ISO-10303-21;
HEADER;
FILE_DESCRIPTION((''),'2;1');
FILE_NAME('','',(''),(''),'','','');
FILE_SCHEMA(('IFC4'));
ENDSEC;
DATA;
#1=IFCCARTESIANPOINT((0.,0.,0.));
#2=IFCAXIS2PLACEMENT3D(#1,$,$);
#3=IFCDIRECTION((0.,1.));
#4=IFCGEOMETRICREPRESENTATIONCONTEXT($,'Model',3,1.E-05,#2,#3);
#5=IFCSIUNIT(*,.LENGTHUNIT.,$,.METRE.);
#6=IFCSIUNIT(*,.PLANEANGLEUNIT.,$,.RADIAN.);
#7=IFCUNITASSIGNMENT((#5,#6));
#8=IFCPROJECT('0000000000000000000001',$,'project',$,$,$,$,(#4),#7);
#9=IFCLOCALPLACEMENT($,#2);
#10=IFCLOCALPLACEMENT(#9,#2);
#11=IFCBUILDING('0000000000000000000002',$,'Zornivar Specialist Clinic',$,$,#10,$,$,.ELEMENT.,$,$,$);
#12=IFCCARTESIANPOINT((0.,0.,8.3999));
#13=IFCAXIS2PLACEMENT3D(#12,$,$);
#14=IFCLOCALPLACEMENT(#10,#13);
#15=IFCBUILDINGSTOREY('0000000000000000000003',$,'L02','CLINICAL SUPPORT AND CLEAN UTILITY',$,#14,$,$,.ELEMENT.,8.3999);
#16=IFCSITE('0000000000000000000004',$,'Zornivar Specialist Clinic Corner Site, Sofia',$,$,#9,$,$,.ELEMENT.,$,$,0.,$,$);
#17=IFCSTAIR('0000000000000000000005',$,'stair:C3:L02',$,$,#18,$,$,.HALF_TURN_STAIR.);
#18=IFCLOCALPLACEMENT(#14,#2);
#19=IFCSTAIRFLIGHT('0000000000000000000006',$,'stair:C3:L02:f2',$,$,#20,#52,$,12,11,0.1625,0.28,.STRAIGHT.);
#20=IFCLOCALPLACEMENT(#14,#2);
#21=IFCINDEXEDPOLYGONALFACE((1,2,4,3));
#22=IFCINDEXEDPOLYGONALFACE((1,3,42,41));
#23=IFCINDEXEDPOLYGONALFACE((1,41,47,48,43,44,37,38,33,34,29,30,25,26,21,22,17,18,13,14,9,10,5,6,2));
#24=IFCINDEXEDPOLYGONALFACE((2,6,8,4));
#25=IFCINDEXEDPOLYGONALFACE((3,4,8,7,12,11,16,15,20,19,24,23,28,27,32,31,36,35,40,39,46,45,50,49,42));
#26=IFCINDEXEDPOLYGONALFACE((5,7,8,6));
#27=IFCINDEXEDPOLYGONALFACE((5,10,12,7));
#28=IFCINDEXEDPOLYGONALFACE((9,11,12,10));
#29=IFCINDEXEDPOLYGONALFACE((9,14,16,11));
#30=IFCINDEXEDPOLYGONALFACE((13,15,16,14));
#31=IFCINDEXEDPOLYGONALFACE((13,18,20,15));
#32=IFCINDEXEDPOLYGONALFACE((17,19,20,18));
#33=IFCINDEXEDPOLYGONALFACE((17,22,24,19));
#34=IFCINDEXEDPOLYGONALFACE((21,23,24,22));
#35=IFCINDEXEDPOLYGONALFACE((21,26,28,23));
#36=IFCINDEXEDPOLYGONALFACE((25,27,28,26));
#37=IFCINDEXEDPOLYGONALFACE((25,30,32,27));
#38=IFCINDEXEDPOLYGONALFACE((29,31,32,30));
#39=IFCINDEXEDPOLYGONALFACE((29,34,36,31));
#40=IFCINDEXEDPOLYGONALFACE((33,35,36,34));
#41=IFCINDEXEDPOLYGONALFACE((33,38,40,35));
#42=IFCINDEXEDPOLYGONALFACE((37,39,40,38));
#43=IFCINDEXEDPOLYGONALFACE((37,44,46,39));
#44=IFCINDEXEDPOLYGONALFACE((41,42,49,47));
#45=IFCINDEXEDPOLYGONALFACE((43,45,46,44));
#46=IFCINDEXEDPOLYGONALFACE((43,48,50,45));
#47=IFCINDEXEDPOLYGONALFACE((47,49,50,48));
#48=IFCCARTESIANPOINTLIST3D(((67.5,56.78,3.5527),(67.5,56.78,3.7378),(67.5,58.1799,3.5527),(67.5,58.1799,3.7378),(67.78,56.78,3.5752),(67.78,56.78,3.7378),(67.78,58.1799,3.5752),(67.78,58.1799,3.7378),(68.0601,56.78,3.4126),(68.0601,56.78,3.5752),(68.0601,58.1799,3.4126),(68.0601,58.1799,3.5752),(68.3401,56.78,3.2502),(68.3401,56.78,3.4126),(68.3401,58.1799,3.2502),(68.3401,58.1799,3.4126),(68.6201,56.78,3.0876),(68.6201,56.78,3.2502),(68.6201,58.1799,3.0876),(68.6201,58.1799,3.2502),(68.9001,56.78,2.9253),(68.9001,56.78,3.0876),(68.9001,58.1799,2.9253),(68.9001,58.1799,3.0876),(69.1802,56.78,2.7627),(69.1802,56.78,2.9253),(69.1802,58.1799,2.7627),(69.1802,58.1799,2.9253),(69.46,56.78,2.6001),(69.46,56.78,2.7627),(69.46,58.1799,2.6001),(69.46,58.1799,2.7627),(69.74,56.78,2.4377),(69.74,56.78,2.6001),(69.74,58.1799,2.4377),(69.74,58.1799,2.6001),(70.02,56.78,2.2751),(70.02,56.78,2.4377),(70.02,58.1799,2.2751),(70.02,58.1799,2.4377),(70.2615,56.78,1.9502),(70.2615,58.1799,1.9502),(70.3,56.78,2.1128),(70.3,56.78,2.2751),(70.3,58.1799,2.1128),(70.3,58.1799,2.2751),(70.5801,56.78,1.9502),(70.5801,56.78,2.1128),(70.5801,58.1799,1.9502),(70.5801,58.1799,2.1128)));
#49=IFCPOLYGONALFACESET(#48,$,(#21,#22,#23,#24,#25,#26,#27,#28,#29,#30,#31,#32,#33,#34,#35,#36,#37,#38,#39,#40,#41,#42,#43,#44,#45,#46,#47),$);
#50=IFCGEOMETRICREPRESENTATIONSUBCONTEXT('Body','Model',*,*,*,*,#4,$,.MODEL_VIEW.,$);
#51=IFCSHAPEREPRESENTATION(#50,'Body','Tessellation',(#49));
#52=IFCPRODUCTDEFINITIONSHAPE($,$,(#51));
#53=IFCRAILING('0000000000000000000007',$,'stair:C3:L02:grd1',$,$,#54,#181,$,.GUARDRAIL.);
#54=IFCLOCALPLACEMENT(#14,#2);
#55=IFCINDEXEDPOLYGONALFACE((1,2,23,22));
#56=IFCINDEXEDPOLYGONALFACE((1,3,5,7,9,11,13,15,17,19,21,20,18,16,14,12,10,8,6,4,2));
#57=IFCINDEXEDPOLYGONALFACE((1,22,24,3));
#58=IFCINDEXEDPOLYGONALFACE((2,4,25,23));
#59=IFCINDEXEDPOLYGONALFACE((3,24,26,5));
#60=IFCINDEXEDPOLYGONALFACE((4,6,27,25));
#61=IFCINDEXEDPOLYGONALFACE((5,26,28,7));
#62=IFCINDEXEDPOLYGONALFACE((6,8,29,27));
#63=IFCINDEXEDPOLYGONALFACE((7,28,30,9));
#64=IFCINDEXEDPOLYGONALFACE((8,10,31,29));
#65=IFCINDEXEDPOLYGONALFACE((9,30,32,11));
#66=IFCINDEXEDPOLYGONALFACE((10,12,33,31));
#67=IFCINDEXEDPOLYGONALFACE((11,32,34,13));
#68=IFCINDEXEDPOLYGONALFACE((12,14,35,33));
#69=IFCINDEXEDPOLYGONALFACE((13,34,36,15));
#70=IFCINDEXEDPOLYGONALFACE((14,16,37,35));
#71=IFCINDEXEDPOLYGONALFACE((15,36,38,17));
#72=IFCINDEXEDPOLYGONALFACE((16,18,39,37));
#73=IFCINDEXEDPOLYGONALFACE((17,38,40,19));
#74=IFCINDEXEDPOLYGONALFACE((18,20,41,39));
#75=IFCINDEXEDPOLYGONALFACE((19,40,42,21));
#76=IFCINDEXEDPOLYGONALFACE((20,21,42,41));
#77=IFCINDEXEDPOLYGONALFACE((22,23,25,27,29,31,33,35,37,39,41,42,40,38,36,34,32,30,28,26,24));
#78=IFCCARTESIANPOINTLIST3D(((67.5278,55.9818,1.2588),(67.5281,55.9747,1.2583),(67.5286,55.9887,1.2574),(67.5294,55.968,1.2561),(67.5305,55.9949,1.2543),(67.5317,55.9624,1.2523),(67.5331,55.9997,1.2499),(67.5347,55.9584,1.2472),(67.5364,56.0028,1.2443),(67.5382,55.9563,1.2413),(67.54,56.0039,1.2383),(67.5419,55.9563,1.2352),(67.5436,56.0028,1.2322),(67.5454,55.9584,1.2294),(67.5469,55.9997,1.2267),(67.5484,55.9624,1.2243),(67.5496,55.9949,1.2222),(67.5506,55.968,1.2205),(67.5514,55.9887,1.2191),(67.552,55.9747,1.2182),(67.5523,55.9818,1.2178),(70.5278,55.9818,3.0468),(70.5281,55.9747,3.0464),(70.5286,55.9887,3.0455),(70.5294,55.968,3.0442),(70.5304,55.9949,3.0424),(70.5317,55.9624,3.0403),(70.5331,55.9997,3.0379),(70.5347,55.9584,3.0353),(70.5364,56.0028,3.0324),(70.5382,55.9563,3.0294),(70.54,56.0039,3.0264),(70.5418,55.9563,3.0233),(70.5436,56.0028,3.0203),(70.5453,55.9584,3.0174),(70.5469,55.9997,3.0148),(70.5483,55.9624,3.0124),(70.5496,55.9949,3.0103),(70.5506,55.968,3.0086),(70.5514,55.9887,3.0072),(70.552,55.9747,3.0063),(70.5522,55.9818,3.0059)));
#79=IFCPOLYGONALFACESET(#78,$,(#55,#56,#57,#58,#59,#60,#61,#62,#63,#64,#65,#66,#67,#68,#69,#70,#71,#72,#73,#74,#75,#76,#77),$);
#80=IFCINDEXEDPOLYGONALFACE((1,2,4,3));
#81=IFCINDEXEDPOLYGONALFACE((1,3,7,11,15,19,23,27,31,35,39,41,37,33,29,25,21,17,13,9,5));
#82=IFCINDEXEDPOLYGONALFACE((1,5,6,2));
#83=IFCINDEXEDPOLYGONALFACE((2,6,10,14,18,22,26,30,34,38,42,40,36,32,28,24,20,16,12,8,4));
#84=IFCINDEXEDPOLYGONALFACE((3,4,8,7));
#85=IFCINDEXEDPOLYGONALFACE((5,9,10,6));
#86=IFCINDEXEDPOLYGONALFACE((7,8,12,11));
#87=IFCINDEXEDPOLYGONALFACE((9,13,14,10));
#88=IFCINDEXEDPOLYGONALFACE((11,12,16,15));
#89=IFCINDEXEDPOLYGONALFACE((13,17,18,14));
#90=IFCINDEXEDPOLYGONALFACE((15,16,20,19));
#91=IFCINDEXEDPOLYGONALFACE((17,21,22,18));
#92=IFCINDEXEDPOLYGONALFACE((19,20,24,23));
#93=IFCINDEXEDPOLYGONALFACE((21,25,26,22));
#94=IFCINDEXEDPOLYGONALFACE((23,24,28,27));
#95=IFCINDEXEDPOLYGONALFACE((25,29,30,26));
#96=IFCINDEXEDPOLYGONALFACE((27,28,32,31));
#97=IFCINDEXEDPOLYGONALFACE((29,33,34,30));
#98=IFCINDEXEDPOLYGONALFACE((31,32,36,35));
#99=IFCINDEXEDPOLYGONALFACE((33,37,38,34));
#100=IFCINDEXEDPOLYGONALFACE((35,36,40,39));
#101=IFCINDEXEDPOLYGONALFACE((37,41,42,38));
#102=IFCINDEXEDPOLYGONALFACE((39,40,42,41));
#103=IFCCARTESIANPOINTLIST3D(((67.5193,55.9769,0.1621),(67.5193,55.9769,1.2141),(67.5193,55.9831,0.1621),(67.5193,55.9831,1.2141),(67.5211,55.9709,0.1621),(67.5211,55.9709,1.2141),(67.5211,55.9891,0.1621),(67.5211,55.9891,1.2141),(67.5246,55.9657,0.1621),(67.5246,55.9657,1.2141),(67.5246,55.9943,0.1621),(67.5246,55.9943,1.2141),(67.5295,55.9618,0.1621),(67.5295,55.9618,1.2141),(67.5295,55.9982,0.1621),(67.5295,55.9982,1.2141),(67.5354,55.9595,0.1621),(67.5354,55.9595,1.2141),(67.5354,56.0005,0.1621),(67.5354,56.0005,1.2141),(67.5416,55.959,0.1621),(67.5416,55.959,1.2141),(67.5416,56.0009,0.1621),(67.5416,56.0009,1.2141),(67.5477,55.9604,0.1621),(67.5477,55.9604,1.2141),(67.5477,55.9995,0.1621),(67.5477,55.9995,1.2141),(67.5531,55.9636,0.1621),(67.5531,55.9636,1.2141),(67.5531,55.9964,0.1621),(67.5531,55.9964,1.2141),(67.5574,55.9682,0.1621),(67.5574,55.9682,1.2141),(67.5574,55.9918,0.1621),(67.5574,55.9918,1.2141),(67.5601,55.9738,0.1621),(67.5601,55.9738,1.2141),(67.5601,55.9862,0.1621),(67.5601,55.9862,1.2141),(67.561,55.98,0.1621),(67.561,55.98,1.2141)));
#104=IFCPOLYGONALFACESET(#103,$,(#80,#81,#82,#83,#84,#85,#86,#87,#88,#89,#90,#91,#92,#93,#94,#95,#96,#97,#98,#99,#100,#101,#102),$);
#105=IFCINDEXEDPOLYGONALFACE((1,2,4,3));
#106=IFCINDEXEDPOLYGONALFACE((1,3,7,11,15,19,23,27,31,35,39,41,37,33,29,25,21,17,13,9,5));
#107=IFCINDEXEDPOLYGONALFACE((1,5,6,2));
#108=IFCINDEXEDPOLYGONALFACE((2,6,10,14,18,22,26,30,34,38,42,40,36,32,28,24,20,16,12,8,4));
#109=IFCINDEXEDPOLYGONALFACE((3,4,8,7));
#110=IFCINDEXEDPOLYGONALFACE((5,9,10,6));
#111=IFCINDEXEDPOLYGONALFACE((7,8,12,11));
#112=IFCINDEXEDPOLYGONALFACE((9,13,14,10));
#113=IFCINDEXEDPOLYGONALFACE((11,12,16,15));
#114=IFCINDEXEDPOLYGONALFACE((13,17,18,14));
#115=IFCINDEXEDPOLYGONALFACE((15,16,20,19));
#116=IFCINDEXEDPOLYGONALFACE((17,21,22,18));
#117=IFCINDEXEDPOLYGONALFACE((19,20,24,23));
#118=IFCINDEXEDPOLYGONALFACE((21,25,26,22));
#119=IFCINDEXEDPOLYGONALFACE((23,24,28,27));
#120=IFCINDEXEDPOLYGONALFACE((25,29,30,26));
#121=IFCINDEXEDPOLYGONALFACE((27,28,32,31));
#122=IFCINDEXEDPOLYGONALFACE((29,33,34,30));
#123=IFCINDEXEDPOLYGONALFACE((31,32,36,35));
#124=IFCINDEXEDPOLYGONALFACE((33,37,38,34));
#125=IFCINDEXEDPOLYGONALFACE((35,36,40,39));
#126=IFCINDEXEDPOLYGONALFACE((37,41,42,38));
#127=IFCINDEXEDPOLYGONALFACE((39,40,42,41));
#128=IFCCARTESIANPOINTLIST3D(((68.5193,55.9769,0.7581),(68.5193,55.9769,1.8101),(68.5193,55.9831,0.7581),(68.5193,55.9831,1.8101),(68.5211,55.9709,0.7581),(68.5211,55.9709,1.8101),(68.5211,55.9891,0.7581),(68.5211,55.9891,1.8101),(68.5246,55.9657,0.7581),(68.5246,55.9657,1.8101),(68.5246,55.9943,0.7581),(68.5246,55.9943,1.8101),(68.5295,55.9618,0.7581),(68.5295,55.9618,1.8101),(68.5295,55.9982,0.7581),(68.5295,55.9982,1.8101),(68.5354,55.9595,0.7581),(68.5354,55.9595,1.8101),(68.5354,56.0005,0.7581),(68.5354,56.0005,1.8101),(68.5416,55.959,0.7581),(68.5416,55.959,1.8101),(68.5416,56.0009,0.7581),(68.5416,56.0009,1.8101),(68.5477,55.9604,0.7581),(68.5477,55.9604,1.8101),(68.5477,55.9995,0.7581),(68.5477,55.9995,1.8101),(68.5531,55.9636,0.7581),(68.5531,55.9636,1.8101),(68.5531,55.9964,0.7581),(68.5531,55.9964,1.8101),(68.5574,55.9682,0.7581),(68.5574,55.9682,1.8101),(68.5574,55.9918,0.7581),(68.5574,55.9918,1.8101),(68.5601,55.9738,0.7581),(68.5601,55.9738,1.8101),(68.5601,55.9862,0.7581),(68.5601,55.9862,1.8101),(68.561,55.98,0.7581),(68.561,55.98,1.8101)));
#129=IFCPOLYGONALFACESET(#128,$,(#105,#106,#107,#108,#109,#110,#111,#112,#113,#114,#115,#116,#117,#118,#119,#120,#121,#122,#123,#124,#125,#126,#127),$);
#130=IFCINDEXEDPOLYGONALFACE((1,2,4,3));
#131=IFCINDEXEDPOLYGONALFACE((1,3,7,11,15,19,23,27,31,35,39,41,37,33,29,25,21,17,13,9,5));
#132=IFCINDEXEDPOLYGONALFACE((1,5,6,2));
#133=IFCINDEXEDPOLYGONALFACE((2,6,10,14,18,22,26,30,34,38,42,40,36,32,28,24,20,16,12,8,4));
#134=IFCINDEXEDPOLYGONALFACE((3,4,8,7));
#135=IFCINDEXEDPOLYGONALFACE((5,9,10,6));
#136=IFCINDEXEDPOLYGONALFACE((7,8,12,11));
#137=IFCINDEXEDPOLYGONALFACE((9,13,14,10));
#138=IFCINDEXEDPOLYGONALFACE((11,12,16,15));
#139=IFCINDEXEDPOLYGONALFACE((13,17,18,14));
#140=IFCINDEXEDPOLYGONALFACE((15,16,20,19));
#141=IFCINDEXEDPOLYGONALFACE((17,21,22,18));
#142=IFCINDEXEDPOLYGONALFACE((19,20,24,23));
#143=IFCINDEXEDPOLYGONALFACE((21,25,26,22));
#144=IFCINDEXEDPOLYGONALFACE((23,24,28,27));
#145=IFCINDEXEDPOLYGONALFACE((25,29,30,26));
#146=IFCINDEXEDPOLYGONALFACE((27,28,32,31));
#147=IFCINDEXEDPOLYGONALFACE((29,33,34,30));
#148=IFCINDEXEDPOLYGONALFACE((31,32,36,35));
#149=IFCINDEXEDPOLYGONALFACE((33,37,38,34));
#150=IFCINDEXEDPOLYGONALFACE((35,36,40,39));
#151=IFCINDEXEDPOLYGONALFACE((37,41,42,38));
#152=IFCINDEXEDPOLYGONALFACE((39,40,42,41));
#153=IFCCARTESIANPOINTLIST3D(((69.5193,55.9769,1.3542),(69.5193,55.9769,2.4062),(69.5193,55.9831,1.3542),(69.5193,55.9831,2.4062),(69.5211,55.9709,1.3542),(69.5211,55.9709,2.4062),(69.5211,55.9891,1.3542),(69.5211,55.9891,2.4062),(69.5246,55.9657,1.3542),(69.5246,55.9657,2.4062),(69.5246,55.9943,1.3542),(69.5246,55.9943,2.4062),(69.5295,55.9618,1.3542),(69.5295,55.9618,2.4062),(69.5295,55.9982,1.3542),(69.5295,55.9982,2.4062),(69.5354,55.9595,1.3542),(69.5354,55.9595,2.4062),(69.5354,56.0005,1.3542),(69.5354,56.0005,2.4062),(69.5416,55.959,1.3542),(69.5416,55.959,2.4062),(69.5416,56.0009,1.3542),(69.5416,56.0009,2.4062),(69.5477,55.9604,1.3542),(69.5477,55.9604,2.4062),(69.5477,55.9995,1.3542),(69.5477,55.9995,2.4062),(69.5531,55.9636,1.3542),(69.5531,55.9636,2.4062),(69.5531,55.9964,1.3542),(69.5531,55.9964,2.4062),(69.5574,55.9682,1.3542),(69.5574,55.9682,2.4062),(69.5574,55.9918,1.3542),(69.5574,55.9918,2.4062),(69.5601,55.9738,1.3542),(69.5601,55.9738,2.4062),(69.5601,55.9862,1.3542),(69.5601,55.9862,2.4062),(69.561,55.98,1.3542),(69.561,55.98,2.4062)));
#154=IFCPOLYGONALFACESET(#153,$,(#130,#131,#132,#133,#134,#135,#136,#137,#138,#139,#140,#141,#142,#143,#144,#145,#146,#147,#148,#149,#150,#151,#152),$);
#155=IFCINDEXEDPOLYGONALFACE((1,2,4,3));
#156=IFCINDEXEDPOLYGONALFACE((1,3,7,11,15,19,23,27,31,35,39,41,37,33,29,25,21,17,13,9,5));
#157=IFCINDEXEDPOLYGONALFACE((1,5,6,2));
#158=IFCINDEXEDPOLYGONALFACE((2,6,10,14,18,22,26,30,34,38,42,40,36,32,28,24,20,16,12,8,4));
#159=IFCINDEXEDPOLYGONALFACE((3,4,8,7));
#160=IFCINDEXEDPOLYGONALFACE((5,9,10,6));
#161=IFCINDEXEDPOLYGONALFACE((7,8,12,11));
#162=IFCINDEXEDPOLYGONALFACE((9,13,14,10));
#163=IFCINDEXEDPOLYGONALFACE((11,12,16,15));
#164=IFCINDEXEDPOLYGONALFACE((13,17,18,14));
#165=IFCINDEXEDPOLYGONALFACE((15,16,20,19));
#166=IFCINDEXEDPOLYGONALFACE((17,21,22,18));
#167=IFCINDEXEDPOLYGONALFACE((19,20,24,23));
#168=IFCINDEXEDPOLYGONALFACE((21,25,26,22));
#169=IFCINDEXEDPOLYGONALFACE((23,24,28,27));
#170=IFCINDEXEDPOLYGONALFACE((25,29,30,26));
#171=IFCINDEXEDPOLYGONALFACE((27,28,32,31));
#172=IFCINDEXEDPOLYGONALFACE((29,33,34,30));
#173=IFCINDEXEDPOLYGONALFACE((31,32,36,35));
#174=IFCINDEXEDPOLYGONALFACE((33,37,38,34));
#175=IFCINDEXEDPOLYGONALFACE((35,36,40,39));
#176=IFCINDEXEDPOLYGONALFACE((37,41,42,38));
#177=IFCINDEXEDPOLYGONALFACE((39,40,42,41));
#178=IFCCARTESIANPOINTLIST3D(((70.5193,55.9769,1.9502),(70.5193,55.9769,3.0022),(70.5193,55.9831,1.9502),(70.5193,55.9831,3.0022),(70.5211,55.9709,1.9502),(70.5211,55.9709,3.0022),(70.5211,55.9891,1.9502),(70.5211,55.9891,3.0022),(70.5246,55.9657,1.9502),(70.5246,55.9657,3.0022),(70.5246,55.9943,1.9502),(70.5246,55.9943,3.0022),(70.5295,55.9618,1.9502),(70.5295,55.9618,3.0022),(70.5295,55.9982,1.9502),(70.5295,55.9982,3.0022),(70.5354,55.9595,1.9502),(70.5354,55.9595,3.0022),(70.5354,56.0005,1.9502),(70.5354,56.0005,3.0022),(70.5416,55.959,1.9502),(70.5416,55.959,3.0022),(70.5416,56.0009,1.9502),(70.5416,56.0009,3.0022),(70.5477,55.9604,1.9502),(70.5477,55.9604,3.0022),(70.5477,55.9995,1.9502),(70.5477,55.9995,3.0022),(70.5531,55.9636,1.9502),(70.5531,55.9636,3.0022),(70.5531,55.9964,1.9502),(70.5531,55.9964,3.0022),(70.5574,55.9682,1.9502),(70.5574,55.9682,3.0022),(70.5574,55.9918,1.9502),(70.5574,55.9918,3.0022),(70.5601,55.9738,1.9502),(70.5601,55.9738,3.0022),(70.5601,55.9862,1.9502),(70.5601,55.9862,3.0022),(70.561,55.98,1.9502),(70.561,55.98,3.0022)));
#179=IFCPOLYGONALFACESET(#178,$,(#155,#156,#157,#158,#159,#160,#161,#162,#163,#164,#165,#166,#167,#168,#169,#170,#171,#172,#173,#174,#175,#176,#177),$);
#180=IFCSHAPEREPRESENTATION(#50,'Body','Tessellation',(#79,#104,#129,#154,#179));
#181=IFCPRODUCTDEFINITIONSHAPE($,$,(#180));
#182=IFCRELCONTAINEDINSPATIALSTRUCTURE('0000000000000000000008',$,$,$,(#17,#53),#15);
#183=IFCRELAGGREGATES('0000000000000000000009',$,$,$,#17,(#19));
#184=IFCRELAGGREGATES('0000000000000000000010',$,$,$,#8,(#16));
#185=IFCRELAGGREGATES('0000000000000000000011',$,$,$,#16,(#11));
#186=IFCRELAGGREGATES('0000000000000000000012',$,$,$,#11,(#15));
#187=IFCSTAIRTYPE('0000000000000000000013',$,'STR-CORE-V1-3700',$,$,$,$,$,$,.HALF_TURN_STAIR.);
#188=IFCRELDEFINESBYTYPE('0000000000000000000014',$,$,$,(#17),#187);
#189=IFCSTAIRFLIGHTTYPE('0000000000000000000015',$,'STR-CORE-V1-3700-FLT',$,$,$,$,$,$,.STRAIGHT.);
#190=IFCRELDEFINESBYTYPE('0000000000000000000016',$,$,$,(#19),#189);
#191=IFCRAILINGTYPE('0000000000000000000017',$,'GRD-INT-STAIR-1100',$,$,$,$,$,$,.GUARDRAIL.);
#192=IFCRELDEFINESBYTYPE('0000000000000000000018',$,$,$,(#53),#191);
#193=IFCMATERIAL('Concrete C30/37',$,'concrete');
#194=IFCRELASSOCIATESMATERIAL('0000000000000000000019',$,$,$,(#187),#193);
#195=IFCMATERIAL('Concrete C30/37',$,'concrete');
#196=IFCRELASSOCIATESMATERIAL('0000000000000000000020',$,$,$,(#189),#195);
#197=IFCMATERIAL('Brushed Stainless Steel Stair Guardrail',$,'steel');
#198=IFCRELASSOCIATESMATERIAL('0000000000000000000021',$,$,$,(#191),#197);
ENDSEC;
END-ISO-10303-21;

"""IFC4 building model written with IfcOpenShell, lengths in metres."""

from ifc_helpers import new_model, si_unit, direction, frame, origin, origin_2d, place, context, subcontext, project, spatial, polyline, circle, outline, extrude, material, type_object, element, aggregate, save


model = new_model("IFC4")

# Units and contexts
model_context = context("Model", 3, precision=1e-05, world=origin(), true_north=direction((0.0, 1.0)))
body_context = subcontext(model_context, "Body", "Model", "MODEL_VIEW")
ifc_project = project(units=[si_unit("LENGTHUNIT", "METRE"), si_unit("PLANEANGLEUNIT", "RADIAN")], contexts=[model_context])

# Site, building, storey
site_placement = place(None, origin())
site = spatial("IfcSite", under=ifc_project, at=site_placement, Name="Zornivar Specialist Clinic Corner Site, Sofia", CompositionType="ELEMENT", RefElevation=0.0)
building_placement = place(site_placement, origin())
building = spatial("IfcBuilding", under=site, at=building_placement, Name="Zornivar Specialist Clinic", CompositionType="ELEMENT")
storey_placement = place(building_placement, frame((0.0, 0.0, 8.3999)))
storey = spatial("IfcBuildingStorey", under=building, at=storey_placement, Name="L02", Description="CLINICAL SUPPORT AND CLEAN UTILITY", CompositionType="ELEMENT", Elevation=8.3999)

# Stair, stair flight
ifc_material_1 = material(Name="Concrete C30/37", Category="concrete")
stair_type = type_object("IfcStairType", Name="STR-CORE-V1-3700", PredefinedType="HALF_TURN_STAIR", material=ifc_material_1)
stair_placement = place(storey_placement, origin())
stair = element("IfcStair", 1, at=stair_placement, inside=storey, type_object=stair_type, Name="stair:C3:L02", PredefinedType="HALF_TURN_STAIR")
ifc_material_2 = material(Name="Concrete C30/37", Category="concrete")
stair_flight_type = type_object("IfcStairFlightType", Name="STR-CORE-V1-3700-FLT", PredefinedType="STRAIGHT", material=ifc_material_2)
stair_flight_1_placement = place(storey_placement, frame((70.5801, 57.48, 1.9502), z_axis=(0.0, 0.0, 1.0), x_axis=(-1.0, 0.0, 0.0)))
stair_flight_1 = element("IfcStairFlight", 2, at=stair_flight_1_placement, type_object=stair_flight_type, Name="stair:C3:L02:f2", NumberOfRisers=12, NumberOfTreads=11, PredefinedType="STRAIGHT", RiserHeight=0.1625, TreadLength=0.28, context=body_context, shape_type="SweptSolid", body=[
    extrude(outline(polyline([(0.0, 0.0), (0.0, 0.1626), (0.28, 0.1626), (0.28, 0.325), (0.5601, 0.325), (0.5601, 0.4875), (0.8401, 0.4875), (0.8401, 0.6499), (1.1201, 0.6499), (1.1201, 0.8125), (1.3999, 0.8125), (1.3999, 0.9751), (1.6799, 0.9751), (1.6799, 1.1375), (1.96, 1.1375), (1.96, 1.3), (2.24, 1.3), (2.24, 1.4624), (2.52, 1.4624), (2.52, 1.625), (2.8, 1.625), (2.8, 1.7876), (3.0801, 1.7876), (3.0801, 1.95), (3.0801, 1.6025), (0.3186, 0.0), (0.0, 0.0)])), frame((0.0, 0.7, 0.0), z_axis=(0.0, -1.0, 0.0), x_axis=(1.0, 0.0, 0.0)), (0.0, 0.0, 1.0), 1.3999),
])
aggregate(stair, [stair_flight_1])

# Railing
ifc_material_3 = material(Name="Brushed Stainless Steel Stair Guardrail", Category="steel")
railing_type_1 = type_object("IfcRailingType", Name="GRD-INT-STAIR-1100", PredefinedType="GUARDRAIL", material=ifc_material_3)
railing_1_placement = place(storey_placement, frame((67.54, 55.98, 0.1621)))
element("IfcRailing", 3, at=railing_1_placement, inside=storey, type_object=railing_type_1, Name="stair:C3:L02:grd1", PredefinedType="GUARDRAIL", context=body_context, shape_type="SweptSolid", body=[
    extrude(circle(Radius=0.0239, at=origin_2d()), frame((0.0, 0.0, 1.0762), z_axis=(0.858994, 0.0, 0.511985), x_axis=(0.0, 1.0, 0.0)), (0.0, 0.0, 1.0), 3.4924),
    extrude(circle(Radius=0.021, at=origin_2d()), origin(), (0.0, 0.0, 1.0), 1.052),
    extrude(circle(Radius=0.021, at=origin_2d()), frame((1.0, 0.0, 0.5959)), (0.0, 0.0, 1.0), 1.052),
    extrude(circle(Radius=0.021, at=origin_2d()), frame((2.0, 0.0, 1.1921)), (0.0, 0.0, 1.0), 1.052),
    extrude(circle(Radius=0.021, at=origin_2d()), frame((3.0, 0.0, 1.7881)), (0.0, 0.0, 1.0), 1.052),
])

save(model, "model.ifc")
